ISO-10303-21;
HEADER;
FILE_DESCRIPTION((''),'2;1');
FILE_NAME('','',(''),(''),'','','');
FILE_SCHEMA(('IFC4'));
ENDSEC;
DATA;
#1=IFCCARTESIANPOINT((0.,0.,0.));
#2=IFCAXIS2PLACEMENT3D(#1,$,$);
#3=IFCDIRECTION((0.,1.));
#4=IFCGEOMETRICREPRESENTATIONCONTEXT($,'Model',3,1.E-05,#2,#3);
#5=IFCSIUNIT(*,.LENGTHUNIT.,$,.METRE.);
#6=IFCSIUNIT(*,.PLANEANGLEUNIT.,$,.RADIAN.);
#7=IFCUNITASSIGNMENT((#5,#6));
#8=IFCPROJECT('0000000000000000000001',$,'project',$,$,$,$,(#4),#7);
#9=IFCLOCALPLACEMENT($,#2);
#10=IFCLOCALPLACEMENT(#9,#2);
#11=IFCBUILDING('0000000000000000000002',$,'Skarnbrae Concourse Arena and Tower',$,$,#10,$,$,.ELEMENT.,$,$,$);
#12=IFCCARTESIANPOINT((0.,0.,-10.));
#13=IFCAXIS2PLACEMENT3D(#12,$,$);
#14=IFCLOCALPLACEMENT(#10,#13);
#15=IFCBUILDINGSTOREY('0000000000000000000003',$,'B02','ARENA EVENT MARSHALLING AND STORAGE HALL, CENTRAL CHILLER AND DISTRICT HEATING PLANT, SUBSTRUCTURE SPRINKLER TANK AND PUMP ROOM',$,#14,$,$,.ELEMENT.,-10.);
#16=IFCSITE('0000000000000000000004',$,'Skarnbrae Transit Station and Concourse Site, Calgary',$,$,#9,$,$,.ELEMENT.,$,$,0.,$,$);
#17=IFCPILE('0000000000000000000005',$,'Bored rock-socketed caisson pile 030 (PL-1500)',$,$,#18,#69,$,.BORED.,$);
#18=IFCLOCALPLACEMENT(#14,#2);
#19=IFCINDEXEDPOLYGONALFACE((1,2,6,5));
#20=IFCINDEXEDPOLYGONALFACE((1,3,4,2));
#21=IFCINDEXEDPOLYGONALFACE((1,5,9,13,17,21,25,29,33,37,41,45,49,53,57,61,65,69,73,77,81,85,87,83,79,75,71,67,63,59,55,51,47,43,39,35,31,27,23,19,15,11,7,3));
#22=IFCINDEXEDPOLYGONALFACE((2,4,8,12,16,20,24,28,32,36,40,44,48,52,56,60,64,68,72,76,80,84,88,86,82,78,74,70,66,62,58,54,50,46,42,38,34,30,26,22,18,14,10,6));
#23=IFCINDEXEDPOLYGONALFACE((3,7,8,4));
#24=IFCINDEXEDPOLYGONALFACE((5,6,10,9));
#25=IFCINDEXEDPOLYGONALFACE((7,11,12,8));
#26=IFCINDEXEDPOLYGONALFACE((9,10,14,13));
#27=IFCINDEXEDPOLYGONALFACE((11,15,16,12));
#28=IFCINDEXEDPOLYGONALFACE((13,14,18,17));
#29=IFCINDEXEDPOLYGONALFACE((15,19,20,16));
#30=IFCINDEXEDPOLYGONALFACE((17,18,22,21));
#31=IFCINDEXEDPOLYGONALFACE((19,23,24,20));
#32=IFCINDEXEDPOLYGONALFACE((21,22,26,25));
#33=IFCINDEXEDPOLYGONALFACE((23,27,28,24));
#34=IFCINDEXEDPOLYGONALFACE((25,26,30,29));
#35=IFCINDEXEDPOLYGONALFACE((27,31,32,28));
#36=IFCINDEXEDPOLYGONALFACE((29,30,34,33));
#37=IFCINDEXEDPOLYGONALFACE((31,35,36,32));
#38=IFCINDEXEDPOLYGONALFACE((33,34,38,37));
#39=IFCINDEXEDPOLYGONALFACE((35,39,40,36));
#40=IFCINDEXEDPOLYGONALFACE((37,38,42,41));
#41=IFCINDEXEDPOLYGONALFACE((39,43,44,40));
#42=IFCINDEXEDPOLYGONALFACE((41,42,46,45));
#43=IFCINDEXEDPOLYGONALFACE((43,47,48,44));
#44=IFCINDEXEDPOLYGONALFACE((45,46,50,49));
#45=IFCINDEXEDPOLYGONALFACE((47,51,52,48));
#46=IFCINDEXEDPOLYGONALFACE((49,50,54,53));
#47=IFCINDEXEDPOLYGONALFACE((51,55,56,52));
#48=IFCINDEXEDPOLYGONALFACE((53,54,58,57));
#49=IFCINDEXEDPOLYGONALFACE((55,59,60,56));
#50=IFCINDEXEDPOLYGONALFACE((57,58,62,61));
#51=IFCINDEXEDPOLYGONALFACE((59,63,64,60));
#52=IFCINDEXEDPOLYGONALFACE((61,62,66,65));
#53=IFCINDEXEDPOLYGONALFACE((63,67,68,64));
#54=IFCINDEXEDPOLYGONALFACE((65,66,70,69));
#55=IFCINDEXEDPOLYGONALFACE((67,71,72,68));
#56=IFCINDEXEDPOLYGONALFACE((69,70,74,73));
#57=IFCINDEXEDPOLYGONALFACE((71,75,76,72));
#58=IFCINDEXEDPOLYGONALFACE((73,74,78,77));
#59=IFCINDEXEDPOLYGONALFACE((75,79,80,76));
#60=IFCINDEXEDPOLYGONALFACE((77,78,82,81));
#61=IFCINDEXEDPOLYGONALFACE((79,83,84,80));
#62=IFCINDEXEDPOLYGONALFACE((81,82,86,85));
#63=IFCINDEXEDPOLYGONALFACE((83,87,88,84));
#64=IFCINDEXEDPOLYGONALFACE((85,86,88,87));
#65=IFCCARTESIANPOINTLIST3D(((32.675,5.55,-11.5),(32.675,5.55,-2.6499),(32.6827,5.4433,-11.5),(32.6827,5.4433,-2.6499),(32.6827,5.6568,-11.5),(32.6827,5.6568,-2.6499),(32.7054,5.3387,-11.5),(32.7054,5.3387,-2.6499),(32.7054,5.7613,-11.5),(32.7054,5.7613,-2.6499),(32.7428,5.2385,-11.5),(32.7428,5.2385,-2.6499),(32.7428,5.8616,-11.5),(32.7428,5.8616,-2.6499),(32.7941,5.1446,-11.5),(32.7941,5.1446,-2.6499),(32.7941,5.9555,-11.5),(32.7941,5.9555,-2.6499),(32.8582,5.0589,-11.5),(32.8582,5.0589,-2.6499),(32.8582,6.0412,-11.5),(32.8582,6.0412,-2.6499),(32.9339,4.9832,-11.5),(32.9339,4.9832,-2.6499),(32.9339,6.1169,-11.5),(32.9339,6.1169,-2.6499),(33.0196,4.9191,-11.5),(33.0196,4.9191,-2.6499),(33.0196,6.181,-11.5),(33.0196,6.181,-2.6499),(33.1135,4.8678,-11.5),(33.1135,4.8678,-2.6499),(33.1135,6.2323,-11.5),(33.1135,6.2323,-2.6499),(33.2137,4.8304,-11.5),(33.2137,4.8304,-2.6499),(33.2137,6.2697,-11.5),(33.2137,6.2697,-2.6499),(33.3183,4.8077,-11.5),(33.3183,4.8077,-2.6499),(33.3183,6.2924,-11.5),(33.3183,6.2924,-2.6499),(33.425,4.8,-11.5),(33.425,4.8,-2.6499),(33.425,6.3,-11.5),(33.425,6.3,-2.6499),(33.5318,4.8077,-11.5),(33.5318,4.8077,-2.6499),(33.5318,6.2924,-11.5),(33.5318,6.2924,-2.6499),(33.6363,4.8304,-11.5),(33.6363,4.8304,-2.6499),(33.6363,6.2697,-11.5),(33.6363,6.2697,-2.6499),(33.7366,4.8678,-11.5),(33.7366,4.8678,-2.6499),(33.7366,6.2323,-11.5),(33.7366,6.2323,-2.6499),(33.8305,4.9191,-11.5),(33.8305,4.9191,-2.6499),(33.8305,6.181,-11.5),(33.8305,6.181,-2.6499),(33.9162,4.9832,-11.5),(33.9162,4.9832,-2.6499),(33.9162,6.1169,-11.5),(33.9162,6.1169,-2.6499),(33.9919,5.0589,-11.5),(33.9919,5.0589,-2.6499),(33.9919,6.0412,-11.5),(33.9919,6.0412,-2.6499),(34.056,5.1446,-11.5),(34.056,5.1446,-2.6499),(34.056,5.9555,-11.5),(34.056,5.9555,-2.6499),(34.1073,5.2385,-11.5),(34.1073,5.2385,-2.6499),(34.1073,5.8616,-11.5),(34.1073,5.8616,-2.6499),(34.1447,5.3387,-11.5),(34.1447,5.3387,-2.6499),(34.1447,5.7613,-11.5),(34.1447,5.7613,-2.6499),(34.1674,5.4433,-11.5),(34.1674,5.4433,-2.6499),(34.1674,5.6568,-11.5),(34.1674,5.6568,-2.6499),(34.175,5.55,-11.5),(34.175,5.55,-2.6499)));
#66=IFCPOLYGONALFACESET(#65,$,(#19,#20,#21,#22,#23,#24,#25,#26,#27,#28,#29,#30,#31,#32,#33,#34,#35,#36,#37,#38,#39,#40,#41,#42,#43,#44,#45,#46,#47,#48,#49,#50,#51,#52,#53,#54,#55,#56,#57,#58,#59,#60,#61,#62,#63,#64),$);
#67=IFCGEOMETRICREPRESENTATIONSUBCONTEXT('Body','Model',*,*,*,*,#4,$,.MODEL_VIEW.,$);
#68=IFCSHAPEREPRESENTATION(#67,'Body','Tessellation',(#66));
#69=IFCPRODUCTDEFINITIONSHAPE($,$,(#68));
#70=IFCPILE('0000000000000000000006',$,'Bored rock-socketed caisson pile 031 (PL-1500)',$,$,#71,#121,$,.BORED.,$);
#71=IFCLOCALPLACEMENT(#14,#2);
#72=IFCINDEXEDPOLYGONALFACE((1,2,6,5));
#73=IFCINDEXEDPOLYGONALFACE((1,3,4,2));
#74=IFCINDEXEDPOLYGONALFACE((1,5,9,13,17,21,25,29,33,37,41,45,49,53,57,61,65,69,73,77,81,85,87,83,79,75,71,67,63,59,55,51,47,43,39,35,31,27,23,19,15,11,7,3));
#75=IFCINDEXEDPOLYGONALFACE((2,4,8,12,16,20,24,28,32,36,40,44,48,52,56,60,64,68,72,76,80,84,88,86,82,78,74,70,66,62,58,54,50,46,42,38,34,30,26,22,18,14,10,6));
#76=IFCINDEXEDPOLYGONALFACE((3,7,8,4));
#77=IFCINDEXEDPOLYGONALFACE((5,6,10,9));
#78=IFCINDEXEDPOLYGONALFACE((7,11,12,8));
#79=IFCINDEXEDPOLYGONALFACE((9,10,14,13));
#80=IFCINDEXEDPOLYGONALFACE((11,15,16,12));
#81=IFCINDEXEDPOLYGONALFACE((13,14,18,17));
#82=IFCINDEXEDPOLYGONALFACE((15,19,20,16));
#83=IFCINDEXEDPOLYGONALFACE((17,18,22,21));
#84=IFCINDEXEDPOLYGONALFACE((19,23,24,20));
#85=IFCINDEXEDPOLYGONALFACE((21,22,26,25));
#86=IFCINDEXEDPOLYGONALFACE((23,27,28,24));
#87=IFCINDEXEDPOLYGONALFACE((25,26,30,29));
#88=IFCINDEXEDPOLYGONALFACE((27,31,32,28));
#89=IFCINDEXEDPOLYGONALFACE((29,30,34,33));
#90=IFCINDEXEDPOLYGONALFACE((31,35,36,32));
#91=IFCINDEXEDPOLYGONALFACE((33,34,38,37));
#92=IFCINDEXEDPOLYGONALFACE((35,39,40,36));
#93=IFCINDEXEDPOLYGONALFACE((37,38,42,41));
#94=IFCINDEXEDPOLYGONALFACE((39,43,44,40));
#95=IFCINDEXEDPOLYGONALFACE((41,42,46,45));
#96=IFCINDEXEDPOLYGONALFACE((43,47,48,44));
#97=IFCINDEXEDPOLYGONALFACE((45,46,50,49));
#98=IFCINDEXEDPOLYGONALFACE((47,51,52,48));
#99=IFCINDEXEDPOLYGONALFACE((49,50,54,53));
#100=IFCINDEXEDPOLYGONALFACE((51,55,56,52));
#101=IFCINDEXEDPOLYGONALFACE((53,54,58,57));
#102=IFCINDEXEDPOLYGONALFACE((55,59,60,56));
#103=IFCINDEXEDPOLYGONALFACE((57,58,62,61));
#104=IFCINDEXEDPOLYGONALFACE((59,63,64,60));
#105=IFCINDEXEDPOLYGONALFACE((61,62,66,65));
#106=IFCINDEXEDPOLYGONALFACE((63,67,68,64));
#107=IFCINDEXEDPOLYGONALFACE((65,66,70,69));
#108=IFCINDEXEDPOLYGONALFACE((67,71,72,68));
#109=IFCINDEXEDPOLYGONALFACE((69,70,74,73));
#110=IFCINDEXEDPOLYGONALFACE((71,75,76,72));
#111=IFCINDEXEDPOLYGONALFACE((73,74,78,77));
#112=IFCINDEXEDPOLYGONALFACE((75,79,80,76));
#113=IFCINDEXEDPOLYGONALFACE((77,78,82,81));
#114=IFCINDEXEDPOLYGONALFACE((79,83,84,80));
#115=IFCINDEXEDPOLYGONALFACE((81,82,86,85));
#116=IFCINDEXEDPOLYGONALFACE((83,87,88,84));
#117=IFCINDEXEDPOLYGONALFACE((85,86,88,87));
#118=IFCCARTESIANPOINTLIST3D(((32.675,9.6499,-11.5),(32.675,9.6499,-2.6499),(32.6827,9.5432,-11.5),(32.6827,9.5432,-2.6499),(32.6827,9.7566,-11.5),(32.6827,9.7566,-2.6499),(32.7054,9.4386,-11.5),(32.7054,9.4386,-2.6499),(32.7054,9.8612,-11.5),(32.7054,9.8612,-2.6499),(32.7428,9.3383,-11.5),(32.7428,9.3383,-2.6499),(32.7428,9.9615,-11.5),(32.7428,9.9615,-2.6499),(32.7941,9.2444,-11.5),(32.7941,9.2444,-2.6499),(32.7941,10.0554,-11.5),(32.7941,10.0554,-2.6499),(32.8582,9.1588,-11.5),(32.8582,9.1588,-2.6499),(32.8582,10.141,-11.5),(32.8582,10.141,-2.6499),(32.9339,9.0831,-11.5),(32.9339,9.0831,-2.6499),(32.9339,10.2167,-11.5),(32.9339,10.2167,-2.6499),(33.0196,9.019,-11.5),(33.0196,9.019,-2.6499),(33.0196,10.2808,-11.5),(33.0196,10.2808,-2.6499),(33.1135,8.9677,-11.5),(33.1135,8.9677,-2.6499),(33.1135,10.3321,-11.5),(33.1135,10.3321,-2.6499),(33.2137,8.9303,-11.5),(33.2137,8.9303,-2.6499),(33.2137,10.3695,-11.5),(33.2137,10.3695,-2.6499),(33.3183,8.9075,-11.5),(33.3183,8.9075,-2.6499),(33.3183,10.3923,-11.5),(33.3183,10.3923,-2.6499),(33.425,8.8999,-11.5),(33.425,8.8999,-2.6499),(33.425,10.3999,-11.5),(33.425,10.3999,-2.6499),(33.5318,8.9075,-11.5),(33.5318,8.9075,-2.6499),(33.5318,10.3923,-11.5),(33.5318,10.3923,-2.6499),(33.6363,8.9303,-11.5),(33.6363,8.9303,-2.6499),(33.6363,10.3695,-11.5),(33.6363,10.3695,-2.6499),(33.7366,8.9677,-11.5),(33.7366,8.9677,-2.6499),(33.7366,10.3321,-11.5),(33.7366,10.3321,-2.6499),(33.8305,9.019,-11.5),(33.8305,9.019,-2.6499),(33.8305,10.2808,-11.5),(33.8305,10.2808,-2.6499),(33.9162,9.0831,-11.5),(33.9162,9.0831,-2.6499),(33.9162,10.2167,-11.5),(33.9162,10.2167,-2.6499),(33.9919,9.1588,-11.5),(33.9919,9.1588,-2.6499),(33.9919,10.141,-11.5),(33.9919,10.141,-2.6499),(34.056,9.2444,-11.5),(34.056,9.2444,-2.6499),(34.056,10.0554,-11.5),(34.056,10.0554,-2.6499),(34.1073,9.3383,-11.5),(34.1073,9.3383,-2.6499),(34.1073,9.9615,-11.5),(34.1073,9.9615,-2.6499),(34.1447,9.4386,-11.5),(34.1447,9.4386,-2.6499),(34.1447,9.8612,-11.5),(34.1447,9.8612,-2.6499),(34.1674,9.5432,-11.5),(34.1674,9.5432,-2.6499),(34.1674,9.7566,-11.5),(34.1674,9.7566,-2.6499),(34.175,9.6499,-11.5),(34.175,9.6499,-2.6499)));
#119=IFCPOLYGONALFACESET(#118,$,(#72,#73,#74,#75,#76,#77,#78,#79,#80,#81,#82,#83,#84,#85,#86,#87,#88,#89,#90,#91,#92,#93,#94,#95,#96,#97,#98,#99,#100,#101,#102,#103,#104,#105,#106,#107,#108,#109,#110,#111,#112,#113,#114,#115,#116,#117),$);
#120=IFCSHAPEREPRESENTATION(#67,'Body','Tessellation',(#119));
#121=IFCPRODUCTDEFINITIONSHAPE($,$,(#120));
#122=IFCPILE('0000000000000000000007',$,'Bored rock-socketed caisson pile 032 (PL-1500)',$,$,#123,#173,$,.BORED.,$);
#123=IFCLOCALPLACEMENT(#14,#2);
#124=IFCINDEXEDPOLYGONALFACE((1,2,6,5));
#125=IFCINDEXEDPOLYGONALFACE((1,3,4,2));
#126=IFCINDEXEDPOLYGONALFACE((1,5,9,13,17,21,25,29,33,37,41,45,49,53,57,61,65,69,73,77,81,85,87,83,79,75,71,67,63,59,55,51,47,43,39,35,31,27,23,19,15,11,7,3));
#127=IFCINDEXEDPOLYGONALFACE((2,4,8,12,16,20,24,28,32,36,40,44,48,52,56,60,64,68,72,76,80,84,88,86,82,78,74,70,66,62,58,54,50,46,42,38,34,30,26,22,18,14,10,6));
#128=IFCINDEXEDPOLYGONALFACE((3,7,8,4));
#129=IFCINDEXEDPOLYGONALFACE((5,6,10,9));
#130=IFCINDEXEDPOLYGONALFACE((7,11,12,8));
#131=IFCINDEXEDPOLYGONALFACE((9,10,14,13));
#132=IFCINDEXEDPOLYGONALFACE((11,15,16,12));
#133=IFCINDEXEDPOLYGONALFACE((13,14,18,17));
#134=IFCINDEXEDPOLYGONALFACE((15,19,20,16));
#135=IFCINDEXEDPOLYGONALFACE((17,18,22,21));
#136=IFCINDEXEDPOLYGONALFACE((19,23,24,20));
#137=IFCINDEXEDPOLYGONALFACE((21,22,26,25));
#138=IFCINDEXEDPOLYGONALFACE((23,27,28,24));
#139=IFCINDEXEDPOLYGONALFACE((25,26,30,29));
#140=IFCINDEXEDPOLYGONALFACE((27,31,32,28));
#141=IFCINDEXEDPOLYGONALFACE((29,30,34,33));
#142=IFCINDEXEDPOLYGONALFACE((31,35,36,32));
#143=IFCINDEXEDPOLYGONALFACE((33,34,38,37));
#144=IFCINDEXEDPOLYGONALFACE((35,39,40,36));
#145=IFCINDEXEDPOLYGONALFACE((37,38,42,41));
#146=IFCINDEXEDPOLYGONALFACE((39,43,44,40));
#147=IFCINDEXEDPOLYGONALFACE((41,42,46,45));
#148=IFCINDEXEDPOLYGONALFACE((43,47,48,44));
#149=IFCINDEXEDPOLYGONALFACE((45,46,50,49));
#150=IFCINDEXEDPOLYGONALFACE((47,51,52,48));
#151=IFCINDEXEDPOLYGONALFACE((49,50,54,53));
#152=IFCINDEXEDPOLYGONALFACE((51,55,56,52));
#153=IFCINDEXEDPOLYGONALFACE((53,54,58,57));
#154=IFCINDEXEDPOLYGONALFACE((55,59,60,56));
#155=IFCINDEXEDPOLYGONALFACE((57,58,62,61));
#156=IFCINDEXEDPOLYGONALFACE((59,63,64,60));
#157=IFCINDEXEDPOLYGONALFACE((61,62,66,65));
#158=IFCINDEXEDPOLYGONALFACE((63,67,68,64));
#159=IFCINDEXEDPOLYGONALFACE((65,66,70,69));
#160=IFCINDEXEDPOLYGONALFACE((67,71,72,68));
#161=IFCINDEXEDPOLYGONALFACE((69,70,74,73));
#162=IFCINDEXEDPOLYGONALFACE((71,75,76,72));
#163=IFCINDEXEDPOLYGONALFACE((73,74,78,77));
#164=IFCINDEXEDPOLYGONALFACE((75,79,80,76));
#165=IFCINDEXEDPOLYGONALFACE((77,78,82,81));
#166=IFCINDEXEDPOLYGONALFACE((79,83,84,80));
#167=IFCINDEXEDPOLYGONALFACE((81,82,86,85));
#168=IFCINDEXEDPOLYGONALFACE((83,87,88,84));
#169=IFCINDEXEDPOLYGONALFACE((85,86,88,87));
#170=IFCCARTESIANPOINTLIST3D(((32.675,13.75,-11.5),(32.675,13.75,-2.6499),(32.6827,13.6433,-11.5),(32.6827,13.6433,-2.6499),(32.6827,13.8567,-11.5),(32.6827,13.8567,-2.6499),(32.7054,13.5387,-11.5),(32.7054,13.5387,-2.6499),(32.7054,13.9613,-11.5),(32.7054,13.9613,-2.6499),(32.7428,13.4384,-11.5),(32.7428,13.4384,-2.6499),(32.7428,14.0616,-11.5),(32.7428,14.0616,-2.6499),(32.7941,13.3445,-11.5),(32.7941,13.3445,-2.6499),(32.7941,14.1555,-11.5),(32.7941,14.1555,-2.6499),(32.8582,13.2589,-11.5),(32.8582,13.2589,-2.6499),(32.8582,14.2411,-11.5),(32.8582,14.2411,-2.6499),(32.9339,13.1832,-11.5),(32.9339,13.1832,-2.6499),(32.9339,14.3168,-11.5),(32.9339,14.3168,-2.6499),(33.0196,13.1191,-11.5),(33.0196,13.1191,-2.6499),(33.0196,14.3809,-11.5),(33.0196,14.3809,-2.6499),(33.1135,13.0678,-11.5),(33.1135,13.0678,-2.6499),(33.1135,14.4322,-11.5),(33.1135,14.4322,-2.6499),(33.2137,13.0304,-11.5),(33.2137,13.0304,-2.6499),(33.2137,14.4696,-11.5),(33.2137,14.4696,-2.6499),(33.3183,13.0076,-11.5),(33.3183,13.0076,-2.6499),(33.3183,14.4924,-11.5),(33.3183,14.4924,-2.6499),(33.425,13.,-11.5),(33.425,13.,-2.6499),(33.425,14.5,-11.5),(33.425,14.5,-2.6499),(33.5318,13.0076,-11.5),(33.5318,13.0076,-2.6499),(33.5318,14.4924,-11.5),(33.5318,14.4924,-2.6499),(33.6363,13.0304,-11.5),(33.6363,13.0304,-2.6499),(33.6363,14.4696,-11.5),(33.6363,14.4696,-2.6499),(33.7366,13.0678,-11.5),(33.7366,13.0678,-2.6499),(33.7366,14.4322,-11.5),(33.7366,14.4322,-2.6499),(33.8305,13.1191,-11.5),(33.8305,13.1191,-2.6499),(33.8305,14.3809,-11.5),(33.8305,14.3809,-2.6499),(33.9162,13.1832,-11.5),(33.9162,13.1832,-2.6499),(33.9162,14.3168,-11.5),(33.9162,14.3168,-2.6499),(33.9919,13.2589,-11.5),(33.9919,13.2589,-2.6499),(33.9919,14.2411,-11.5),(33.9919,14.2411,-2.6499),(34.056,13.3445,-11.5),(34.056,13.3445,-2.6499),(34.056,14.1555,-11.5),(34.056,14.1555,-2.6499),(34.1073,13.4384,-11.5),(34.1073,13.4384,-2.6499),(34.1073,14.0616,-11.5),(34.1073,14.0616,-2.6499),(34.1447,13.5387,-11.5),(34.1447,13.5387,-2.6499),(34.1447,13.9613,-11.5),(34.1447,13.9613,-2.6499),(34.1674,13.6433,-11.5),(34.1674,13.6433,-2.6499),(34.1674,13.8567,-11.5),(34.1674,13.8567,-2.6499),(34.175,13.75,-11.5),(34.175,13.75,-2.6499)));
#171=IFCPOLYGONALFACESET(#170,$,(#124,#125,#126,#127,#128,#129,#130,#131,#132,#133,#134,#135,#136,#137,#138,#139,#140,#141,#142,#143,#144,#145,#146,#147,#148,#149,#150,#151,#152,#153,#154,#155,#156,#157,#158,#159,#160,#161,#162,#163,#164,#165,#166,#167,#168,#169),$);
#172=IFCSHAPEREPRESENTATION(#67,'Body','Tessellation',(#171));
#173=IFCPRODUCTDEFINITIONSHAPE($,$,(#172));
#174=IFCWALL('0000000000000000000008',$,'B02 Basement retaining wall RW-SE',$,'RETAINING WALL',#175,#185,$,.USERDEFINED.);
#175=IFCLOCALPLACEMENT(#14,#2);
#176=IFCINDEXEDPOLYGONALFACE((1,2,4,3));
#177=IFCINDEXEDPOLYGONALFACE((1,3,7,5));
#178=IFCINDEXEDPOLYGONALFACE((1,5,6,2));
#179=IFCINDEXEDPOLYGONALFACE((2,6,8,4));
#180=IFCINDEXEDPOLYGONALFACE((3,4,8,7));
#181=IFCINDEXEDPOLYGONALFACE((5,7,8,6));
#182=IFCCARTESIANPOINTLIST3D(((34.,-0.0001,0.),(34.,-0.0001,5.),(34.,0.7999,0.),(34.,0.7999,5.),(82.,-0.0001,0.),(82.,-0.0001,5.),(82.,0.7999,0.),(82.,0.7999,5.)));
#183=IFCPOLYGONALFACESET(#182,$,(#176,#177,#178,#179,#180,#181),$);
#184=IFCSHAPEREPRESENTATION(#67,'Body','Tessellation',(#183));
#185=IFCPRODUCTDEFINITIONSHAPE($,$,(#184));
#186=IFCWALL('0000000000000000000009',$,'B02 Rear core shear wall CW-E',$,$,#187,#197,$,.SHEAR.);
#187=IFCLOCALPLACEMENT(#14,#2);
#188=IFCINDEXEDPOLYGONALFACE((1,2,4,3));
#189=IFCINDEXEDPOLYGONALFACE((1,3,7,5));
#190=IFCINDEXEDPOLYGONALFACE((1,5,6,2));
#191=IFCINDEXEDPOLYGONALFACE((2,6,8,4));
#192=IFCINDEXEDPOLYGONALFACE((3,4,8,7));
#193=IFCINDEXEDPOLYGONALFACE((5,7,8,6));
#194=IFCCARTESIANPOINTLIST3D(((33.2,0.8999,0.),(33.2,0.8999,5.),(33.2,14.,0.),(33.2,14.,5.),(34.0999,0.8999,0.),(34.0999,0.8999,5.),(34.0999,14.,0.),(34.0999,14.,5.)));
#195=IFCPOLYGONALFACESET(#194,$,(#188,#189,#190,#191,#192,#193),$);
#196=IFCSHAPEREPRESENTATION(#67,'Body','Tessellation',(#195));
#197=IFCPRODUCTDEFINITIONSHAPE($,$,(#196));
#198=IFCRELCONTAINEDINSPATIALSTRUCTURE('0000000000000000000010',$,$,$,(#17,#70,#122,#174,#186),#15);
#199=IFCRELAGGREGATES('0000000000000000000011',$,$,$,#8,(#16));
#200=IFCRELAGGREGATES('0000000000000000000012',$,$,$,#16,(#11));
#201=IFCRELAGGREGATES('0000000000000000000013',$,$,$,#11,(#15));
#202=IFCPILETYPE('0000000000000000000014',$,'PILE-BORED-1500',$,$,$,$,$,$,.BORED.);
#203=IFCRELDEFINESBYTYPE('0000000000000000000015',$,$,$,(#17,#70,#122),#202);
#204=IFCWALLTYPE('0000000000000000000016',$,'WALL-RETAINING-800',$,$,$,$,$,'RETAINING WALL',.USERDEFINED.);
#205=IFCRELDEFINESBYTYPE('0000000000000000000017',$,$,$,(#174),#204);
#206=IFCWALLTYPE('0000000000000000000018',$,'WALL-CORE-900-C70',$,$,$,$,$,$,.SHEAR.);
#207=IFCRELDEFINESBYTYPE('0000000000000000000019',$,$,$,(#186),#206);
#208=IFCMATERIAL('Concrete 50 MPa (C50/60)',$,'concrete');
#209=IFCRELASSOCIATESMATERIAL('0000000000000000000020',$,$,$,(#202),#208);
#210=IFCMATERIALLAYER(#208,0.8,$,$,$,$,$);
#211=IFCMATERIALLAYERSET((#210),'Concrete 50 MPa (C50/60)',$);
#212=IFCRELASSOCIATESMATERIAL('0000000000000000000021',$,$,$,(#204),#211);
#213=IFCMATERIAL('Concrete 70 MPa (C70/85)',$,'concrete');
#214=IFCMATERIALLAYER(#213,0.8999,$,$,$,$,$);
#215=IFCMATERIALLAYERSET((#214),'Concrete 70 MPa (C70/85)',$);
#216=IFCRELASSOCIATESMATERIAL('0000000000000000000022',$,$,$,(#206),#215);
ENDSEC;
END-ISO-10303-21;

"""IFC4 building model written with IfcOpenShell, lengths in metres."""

from ifc_helpers import new_model, si_unit, direction, frame, frame_2d, origin, origin_2d, place, context, subcontext, project, spatial, rectangle, circle, extrude, source, transform, mapped, material, layer, layer_set, material_profile, profile_set, type_object, element, save


model = new_model("IFC4")

# Units and contexts
model_context = context("Model", 3, precision=1e-05, world=origin(), true_north=direction((0.0, 1.0)))
body_context = subcontext(model_context, "Body", "Model", "MODEL_VIEW")
ifc_project = project(units=[si_unit("LENGTHUNIT", "METRE"), si_unit("PLANEANGLEUNIT", "RADIAN")], contexts=[model_context])

# Site, building, storey
site_placement = place(None, origin())
site = spatial("IfcSite", under=ifc_project, at=site_placement, Name="Skarnbrae Transit Station and Concourse Site, Calgary", CompositionType="ELEMENT", RefElevation=0.0)
building_placement = place(site_placement, origin())
building = spatial("IfcBuilding", under=site, at=building_placement, Name="Skarnbrae Concourse Arena and Tower", CompositionType="ELEMENT")
storey_placement = place(building_placement, frame((0.0, 0.0, -10.0)))
storey = spatial("IfcBuildingStorey", under=building, at=storey_placement, Name="B02", Description="ARENA EVENT MARSHALLING AND STORAGE HALL, CENTRAL CHILLER AND DISTRICT HEATING PLANT, SUBSTRUCTURE SPRINKLER TANK AND PUMP ROOM", CompositionType="ELEMENT", Elevation=-10.0)

# Piles
ifc_material_1 = material(Name="Concrete 50 MPa (C50/60)", Category="concrete")
ifc_material_profile = material_profile(ifc_material_1, circle(Radius=0.75, at=origin_2d()), Name="CAISSON-1500")
ifc_profile_set = profile_set([ifc_material_profile], Name="Concrete 50 MPa (C50/60)")
pile_type = type_object("IfcPileType", Name="PILE-BORED-1500", PredefinedType="BORED", material=ifc_profile_set)
shared_shape_1 = source(origin(), body_context, "Body", "SweptSolid", [
    extrude(circle(Radius=0.75, at=origin_2d()), origin(), (0.0, 0.0, 1.0), 8.8501),
])
for number, where, z_axis, x_axis, name in (
    (1, (33.425, 5.55, -2.6499), (0.0, 0.0, -1.0), (1.0, 0.0, 0.0), "Bored rock-socketed caisson pile 030 (PL-1500)"),
    (2, (33.425, 9.6499, -2.6499), (0.0, 0.0, -1.0), (1.0, 0.0, 0.0), "Bored rock-socketed caisson pile 031 (PL-1500)"),
    (3, (33.425, 13.75, -2.6499), (0.0, 0.0, -1.0), (1.0, 0.0, 0.0), "Bored rock-socketed caisson pile 032 (PL-1500)"),
):
    element("IfcPile", number, at=place(storey_placement, frame(where, z_axis=z_axis, x_axis=x_axis)), inside=storey, type_object=pile_type, Name=name, PredefinedType="BORED", context=body_context, shape_type="MappedRepresentation", body=[
        mapped(shared_shape_1, transform((0.0, 0.0, 0.0))),
    ])

# Walls
ifc_layer_1 = layer(ifc_material_1, 0.8)
ifc_layer_set_1 = layer_set([ifc_layer_1], Name="Concrete 50 MPa (C50/60)")
wall_type_1 = type_object("IfcWallType", Name="WALL-RETAINING-800", ElementType="RETAINING WALL", PredefinedType="USERDEFINED", material=ifc_layer_set_1)
shared_shape_2 = source(origin(), body_context, "Body", "SweptSolid", [
    extrude(rectangle(XDim=48.0, YDim=0.8, at=frame_2d((24.0, 0.0))), origin(), (0.0, 0.0, 1.0), 5.0),
])
wall_1_placement = place(storey_placement, frame((34.0, 0.3999, 0.0), z_axis=(0.0, 0.0, 1.0), x_axis=(1.0, 0.0, 0.0)))
element("IfcWall", 4, at=wall_1_placement, inside=storey, type_object=wall_type_1, Name="B02 Basement retaining wall RW-SE", ObjectType="RETAINING WALL", PredefinedType="USERDEFINED", context=body_context, shape_type="MappedRepresentation", body=[
    mapped(shared_shape_2, transform((0.0, 0.0, 0.0))),
])
ifc_material_2 = material(Name="Concrete 70 MPa (C70/85)", Category="concrete")
ifc_layer_2 = layer(ifc_material_2, 0.8999)
ifc_layer_set_2 = layer_set([ifc_layer_2], Name="Concrete 70 MPa (C70/85)")
wall_type_2 = type_object("IfcWallType", Name="WALL-CORE-900-C70", PredefinedType="SHEAR", material=ifc_layer_set_2)
shared_shape_3 = source(origin(), body_context, "Body", "SweptSolid", [
    extrude(rectangle(XDim=13.1001, YDim=0.8999, at=frame_2d((6.55, 0.0))), origin(), (0.0, 0.0, 1.0), 5.0),
])
wall_2_placement = place(storey_placement, frame((33.6499, 0.8999, 0.0), z_axis=(0.0, 0.0, 1.0), x_axis=(0.0, 1.0, 0.0)))
element("IfcWall", 5, at=wall_2_placement, inside=storey, type_object=wall_type_2, Name="B02 Rear core shear wall CW-E", PredefinedType="SHEAR", context=body_context, shape_type="MappedRepresentation", body=[
    mapped(shared_shape_3, transform((0.0, 0.0, 0.0))),
])

save(model, "model.ifc")
